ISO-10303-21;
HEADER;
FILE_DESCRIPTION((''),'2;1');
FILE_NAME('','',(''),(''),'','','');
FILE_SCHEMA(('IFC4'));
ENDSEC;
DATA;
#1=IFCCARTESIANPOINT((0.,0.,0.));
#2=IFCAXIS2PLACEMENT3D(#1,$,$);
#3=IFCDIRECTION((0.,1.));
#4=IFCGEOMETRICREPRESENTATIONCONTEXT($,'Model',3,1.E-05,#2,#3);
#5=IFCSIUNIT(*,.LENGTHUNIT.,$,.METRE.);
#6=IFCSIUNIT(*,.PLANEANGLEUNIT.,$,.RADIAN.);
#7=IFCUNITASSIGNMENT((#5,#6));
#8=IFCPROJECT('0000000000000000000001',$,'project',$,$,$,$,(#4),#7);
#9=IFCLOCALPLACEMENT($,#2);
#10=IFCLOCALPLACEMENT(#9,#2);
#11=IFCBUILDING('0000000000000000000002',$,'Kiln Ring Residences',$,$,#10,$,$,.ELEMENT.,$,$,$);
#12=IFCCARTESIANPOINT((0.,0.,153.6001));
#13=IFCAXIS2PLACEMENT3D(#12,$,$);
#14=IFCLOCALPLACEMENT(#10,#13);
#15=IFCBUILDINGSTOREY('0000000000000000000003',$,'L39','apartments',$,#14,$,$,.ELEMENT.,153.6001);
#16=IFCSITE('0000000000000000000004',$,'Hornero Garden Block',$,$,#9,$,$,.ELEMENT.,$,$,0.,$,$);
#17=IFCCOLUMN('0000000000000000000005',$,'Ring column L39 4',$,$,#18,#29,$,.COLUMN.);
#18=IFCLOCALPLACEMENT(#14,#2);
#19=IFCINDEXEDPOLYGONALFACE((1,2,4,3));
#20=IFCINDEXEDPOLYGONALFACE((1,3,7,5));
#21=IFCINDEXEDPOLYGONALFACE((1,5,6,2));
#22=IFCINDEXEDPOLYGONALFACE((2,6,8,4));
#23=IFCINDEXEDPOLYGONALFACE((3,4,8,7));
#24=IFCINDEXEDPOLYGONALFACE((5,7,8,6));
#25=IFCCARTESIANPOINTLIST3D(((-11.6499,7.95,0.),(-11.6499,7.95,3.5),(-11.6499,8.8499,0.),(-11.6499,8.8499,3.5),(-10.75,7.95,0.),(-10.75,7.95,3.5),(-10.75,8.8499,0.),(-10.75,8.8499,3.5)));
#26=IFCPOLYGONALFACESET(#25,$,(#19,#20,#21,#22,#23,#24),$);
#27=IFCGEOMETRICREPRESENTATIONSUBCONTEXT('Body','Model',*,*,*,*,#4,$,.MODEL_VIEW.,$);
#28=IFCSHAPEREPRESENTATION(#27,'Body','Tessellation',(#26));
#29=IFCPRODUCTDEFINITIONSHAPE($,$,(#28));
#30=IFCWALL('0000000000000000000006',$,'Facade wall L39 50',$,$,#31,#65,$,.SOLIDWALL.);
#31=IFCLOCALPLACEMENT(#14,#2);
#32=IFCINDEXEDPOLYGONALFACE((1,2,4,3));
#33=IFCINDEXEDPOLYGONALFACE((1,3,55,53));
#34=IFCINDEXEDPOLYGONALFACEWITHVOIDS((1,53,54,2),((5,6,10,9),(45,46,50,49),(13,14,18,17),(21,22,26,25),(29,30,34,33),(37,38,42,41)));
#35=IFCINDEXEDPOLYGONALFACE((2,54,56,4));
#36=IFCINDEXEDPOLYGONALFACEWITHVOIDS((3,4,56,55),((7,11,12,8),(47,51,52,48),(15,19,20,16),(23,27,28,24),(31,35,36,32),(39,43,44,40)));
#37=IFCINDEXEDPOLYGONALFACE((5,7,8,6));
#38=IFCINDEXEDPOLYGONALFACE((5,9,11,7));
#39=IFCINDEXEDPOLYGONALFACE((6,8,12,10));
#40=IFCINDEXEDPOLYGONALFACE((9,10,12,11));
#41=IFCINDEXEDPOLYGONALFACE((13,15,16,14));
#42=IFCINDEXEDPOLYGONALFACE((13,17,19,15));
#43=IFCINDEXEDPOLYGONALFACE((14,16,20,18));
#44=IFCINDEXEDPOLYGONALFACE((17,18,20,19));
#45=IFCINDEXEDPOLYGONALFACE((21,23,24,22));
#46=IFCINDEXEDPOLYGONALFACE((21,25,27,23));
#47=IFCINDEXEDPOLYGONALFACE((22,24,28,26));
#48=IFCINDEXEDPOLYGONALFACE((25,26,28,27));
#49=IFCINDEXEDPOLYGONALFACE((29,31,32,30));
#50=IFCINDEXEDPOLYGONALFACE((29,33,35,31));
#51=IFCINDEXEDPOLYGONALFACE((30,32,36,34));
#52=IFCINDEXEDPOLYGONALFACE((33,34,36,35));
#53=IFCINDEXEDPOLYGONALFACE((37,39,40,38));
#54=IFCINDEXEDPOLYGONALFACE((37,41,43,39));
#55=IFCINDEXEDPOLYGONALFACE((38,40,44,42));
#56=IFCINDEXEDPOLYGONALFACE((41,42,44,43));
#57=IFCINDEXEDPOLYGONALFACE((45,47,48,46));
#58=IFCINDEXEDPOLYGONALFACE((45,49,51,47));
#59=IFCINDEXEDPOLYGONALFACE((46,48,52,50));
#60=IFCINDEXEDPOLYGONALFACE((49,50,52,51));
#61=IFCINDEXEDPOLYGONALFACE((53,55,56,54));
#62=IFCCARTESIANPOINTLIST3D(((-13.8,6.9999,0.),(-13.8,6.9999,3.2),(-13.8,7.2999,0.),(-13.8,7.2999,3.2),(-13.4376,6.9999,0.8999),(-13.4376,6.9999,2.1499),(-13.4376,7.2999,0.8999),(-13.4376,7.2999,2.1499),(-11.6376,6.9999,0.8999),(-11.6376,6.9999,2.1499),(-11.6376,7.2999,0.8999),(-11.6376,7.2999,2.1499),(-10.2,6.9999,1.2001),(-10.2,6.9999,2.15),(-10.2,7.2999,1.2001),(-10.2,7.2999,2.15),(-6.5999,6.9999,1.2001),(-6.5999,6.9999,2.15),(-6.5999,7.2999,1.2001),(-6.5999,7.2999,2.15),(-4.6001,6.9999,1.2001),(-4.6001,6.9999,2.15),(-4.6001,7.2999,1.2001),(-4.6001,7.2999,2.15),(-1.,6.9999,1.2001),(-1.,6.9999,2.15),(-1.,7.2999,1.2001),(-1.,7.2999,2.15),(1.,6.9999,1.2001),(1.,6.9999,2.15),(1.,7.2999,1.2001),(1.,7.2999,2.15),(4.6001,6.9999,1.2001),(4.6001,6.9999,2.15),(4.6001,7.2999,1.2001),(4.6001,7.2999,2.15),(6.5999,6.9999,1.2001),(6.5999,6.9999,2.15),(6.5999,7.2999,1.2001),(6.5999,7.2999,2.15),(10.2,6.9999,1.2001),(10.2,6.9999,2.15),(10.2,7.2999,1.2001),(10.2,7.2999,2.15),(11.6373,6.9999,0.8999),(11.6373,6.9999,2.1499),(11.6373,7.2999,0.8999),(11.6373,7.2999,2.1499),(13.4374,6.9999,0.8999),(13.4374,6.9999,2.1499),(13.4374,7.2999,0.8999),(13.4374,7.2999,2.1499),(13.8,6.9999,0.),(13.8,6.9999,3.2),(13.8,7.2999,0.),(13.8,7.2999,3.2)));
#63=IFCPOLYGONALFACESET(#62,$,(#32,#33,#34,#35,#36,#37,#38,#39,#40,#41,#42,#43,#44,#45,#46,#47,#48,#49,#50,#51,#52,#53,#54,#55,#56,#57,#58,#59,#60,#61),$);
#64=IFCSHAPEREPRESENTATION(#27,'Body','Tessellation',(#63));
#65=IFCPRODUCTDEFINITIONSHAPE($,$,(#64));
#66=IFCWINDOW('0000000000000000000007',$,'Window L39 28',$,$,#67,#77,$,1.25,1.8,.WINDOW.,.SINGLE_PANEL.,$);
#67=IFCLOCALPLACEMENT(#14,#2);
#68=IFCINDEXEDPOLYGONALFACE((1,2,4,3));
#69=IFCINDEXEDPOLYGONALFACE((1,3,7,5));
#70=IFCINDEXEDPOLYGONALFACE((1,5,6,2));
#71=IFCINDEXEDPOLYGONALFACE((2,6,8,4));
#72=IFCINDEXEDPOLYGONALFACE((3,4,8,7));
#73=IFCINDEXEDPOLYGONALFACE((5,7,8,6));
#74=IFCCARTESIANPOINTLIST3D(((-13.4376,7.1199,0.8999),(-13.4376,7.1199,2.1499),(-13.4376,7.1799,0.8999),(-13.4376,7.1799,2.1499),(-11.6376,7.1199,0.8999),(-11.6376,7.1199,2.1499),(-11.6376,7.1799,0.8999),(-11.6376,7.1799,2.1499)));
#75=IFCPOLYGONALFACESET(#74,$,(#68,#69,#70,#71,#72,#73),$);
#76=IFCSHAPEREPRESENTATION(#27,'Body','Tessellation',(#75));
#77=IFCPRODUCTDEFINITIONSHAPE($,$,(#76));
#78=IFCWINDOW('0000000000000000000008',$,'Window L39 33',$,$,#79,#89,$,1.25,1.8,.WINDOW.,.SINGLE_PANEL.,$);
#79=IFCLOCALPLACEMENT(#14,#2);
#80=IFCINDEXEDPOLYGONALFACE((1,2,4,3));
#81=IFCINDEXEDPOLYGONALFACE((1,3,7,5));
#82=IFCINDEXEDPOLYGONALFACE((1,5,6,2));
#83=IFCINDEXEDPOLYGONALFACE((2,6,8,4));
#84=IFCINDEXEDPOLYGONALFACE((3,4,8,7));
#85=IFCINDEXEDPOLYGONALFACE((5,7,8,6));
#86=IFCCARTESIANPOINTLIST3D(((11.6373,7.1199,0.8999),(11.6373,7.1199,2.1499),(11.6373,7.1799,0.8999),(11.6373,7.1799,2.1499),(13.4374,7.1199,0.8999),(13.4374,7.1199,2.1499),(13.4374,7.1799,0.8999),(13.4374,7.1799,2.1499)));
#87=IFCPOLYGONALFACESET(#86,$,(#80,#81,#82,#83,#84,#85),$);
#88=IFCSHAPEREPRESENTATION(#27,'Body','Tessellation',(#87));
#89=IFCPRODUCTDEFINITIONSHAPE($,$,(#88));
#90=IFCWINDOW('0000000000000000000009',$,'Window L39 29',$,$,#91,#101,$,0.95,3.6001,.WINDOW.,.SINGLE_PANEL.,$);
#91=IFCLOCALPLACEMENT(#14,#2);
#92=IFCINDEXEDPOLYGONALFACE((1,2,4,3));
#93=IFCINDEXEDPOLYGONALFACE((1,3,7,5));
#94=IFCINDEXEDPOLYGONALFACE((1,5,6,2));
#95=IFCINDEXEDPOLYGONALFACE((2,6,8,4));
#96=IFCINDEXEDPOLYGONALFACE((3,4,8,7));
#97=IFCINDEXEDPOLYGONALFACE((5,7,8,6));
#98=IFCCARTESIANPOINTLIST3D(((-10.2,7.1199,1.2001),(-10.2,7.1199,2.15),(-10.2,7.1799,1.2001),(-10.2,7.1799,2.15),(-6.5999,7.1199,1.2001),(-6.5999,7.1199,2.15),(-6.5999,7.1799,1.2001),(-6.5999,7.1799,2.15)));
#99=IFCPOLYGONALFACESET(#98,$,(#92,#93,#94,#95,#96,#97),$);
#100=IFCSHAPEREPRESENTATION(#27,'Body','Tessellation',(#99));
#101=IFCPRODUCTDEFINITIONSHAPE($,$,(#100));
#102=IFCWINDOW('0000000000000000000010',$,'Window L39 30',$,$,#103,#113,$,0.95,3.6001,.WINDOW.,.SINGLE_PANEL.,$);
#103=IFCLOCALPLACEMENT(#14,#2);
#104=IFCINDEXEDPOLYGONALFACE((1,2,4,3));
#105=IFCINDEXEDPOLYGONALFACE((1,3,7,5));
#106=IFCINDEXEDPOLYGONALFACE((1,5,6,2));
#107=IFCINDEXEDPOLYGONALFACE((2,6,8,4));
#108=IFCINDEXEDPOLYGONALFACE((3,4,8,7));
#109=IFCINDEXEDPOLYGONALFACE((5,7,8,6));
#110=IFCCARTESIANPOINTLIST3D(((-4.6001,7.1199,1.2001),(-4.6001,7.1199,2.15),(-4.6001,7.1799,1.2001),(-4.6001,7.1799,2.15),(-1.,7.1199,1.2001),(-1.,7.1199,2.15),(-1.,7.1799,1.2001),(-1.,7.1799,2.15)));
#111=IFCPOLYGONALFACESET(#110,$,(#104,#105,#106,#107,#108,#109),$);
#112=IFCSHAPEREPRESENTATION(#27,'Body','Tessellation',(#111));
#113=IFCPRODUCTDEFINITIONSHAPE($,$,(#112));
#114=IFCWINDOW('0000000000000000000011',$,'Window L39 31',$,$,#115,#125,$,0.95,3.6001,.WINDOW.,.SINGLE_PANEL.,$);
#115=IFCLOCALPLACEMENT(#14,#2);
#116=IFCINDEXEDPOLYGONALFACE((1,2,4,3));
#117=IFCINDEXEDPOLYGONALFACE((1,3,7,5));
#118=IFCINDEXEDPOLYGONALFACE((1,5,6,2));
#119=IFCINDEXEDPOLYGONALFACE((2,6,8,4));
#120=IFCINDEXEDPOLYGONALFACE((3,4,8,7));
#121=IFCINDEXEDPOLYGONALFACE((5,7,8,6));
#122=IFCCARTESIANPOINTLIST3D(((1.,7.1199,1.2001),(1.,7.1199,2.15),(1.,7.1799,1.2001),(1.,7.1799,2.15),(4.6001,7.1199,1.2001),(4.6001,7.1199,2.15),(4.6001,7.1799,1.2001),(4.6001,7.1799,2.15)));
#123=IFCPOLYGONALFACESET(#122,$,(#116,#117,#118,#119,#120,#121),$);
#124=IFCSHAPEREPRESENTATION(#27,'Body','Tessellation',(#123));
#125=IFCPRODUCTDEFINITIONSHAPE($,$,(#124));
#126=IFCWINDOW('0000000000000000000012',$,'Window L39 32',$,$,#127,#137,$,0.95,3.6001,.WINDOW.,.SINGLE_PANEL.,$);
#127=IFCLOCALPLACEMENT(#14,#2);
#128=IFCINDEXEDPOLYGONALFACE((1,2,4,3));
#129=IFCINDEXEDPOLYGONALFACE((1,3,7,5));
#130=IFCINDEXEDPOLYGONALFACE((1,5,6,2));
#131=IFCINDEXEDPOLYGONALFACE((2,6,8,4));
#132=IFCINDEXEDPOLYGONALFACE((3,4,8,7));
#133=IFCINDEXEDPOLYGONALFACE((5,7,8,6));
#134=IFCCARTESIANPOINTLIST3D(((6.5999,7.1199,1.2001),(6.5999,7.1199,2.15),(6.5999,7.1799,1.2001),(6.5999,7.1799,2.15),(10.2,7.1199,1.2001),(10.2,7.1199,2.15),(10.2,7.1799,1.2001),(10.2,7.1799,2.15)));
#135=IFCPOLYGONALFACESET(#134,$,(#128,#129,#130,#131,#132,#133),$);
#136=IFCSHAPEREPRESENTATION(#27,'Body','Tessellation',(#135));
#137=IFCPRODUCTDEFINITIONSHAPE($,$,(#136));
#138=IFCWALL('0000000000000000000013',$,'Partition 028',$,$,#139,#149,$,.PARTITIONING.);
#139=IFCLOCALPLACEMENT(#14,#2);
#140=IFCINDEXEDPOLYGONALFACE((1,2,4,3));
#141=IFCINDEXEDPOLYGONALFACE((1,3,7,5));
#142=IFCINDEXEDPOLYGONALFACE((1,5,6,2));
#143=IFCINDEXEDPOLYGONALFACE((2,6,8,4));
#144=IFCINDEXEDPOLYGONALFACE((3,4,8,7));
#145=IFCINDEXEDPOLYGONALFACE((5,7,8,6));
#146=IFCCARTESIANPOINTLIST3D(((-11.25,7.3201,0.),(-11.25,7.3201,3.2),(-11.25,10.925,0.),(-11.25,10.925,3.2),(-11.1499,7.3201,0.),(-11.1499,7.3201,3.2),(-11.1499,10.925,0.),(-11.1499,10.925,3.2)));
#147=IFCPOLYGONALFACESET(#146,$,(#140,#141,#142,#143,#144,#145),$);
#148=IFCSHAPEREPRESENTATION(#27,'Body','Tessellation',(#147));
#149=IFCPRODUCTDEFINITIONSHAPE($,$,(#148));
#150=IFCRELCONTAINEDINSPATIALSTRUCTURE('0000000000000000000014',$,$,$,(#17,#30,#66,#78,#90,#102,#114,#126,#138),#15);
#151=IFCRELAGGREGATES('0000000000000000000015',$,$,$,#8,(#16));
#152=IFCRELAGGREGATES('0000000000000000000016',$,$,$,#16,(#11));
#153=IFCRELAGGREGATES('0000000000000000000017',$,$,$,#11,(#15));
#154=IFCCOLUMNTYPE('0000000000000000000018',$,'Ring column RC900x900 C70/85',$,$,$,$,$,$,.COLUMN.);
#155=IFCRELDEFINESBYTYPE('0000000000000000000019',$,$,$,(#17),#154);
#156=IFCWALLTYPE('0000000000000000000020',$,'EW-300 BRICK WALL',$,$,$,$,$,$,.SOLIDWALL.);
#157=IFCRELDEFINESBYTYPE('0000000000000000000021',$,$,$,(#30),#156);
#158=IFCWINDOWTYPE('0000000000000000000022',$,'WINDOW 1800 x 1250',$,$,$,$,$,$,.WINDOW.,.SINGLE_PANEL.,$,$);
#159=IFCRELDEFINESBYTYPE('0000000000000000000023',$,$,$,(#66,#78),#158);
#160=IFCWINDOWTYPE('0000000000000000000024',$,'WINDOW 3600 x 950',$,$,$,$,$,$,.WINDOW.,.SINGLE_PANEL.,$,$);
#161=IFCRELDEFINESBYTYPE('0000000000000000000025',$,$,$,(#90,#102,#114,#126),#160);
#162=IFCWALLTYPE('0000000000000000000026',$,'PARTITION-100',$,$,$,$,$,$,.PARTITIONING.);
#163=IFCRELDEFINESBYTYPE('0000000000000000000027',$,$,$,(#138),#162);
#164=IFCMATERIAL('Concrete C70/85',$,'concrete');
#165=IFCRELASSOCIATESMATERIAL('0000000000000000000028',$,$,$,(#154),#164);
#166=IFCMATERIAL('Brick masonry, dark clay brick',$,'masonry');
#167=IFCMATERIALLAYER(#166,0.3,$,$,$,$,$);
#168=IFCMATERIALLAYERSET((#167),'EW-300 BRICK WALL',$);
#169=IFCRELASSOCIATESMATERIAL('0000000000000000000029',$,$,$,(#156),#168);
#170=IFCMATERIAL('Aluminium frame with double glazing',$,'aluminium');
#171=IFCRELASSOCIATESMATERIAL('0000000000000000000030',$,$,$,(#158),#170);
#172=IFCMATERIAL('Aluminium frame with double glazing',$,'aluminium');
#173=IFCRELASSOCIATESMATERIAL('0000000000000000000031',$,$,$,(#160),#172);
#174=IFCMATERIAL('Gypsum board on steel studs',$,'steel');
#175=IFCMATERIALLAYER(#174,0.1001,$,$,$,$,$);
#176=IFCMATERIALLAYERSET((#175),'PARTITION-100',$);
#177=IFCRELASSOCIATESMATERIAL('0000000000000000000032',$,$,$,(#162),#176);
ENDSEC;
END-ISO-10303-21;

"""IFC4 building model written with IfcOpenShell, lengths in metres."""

from ifc_helpers import new_model, si_unit, direction, frame, frame_2d, origin, origin_2d, place, context, subcontext, project, spatial, rectangle, extrude, material, layer, layer_set, material_profile, profile_set, type_object, element, fill, save


model = new_model("IFC4")

# Units and contexts
model_context = context("Model", 3, precision=1e-05, world=origin(), true_north=direction((0.0, 1.0)))
body_context = subcontext(model_context, "Body", "Model", "MODEL_VIEW")
ifc_project = project(units=[si_unit("LENGTHUNIT", "METRE"), si_unit("PLANEANGLEUNIT", "RADIAN")], contexts=[model_context])

# Site, building, storey
site_placement = place(None, origin())
site = spatial("IfcSite", under=ifc_project, at=site_placement, Name="Hornero Garden Block", CompositionType="ELEMENT", RefElevation=0.0)
building_placement = place(site_placement, origin())
building = spatial("IfcBuilding", under=site, at=building_placement, Name="Kiln Ring Residences", CompositionType="ELEMENT")
storey_placement = place(building_placement, frame((0.0, 0.0, 153.6001)))
storey = spatial("IfcBuildingStorey", under=building, at=storey_placement, Name="L39", Description="apartments", CompositionType="ELEMENT", Elevation=153.6001)

# Column
ifc_material_1 = material(Name="Concrete C70/85", Category="concrete")
ifc_material_profile = material_profile(ifc_material_1, rectangle(XDim=0.8999, YDim=0.8999, at=origin_2d()), Name="RC900x900")
ifc_profile_set = profile_set([ifc_material_profile], Name="Concrete C70/85")
column_type = type_object("IfcColumnType", Name="Ring column RC900x900 C70/85", PredefinedType="COLUMN", material=ifc_profile_set)
column_placement = place(storey_placement, frame((-11.2, 8.3999, 0.0), z_axis=(0.0, 0.0, 1.0), x_axis=(1.0, 0.0, 0.0)))
element("IfcColumn", 1, at=column_placement, inside=storey, type_object=column_type, Name="Ring column L39 4", PredefinedType="COLUMN", context=body_context, shape_type="SweptSolid", body=[
    extrude(rectangle(XDim=0.8999, YDim=0.8999, at=origin_2d()), origin(), (0.0, 0.0, 1.0), 3.5),
])

# Wall, openings, windows
ifc_material_2 = material(Name="Brick masonry, dark clay brick", Category="masonry")
ifc_layer_1 = layer(ifc_material_2, 0.3)
ifc_layer_set_1 = layer_set([ifc_layer_1], Name="EW-300 BRICK WALL")
wall_type_1 = type_object("IfcWallType", Name="EW-300 BRICK WALL", PredefinedType="SOLIDWALL", material=ifc_layer_set_1)
wall_1_placement = place(storey_placement, frame((-13.8, 7.1499, 0.0), z_axis=(0.0, 0.0, 1.0), x_axis=(1.0, 0.0, 0.0)))
wall_1 = element("IfcWall", 2, at=wall_1_placement, inside=storey, type_object=wall_type_1, Name="Facade wall L39 50", PredefinedType="SOLIDWALL", context=body_context, shape_type="SweptSolid", body=[
    extrude(rectangle(XDim=27.6001, YDim=0.3, at=frame_2d((13.8, 0.0))), origin(), (0.0, 0.0, 1.0), 3.2),
])
opening_1_placement = place(wall_1_placement, frame((0.3625, 0.0, 0.8999)))
opening_1 = element("IfcOpeningElement", 3, at=opening_1_placement, cuts=wall_1, PredefinedType="OPENING", context=body_context, shape_type="SweptSolid", body=[
    extrude(rectangle(XDim=1.8, YDim=1.25, at=frame_2d((0.8999, 0.625))), frame((0.0, 0.1599, 0.0), z_axis=(0.0, -1.0, 0.0), x_axis=(1.0, 0.0, 0.0)), (0.0, 0.0, 1.0), 0.3201),
])
opening_2_placement = place(wall_1_placement, frame((3.6001, 0.0, 1.2)))
opening_2 = element("IfcOpeningElement", 4, at=opening_2_placement, cuts=wall_1, PredefinedType="OPENING", context=body_context, shape_type="SweptSolid", body=[
    extrude(rectangle(XDim=3.6001, YDim=0.95, at=frame_2d((1.8, 0.4751))), frame((0.0, 0.1599, 0.0), z_axis=(0.0, -1.0, 0.0), x_axis=(1.0, 0.0, 0.0)), (0.0, 0.0, 1.0), 0.3201),
])
opening_3_placement = place(wall_1_placement, frame((9.2, 0.0, 1.2)))
opening_3 = element("IfcOpeningElement", 5, at=opening_3_placement, cuts=wall_1, PredefinedType="OPENING", context=body_context, shape_type="SweptSolid", body=[
    extrude(rectangle(XDim=3.6001, YDim=0.95, at=frame_2d((1.8, 0.4751))), frame((0.0, 0.1599, 0.0), z_axis=(0.0, -1.0, 0.0), x_axis=(1.0, 0.0, 0.0)), (0.0, 0.0, 1.0), 0.3201),
])
opening_4_placement = place(wall_1_placement, frame((14.8, 0.0, 1.2)))
opening_4 = element("IfcOpeningElement", 6, at=opening_4_placement, cuts=wall_1, PredefinedType="OPENING", context=body_context, shape_type="SweptSolid", body=[
    extrude(rectangle(XDim=3.6001, YDim=0.95, at=frame_2d((1.8, 0.4751))), frame((0.0, 0.1599, 0.0), z_axis=(0.0, -1.0, 0.0), x_axis=(1.0, 0.0, 0.0)), (0.0, 0.0, 1.0), 0.3201),
])
opening_5_placement = place(wall_1_placement, frame((20.3999, 0.0, 1.2)))
opening_5 = element("IfcOpeningElement", 7, at=opening_5_placement, cuts=wall_1, PredefinedType="OPENING", context=body_context, shape_type="SweptSolid", body=[
    extrude(rectangle(XDim=3.6001, YDim=0.95, at=frame_2d((1.8, 0.4751))), frame((0.0, 0.1599, 0.0), z_axis=(0.0, -1.0, 0.0), x_axis=(1.0, 0.0, 0.0)), (0.0, 0.0, 1.0), 0.3201),
])
opening_6_placement = place(wall_1_placement, frame((25.4375, 0.0, 0.8999)))
opening_6 = element("IfcOpeningElement", 8, at=opening_6_placement, cuts=wall_1, PredefinedType="OPENING", context=body_context, shape_type="SweptSolid", body=[
    extrude(rectangle(XDim=1.8, YDim=1.25, at=frame_2d((0.8999, 0.625))), frame((0.0, 0.1599, 0.0), z_axis=(0.0, -1.0, 0.0), x_axis=(1.0, 0.0, 0.0)), (0.0, 0.0, 1.0), 0.3201),
])
ifc_material_3 = material(Name="Aluminium frame with double glazing", Category="aluminium")
window_type_1 = type_object("IfcWindowType", Name="WINDOW 1800 x 1250", PartitioningType="SINGLE_PANEL", PredefinedType="WINDOW", material=ifc_material_3)
window_1_placement = place(opening_1_placement, origin())
window_1 = element("IfcWindow", 9, at=window_1_placement, inside=storey, type_object=window_type_1, Name="Window L39 28", OverallHeight=1.25, OverallWidth=1.8, PartitioningType="SINGLE_PANEL", PredefinedType="WINDOW", context=body_context, shape_type="SweptSolid", body=[
    extrude(rectangle(XDim=1.8, YDim=1.25, at=frame_2d((0.8999, 0.625))), frame((0.0, 0.03, 0.0), z_axis=(0.0, -1.0, 0.0), x_axis=(1.0, 0.0, 0.0)), (0.0, 0.0, 1.0), 0.0601),
])
fill(opening_1, window_1)
window_2_placement = place(opening_6_placement, origin())
window_2 = element("IfcWindow", 10, at=window_2_placement, inside=storey, type_object=window_type_1, Name="Window L39 33", OverallHeight=1.25, OverallWidth=1.8, PartitioningType="SINGLE_PANEL", PredefinedType="WINDOW", context=body_context, shape_type="SweptSolid", body=[
    extrude(rectangle(XDim=1.8, YDim=1.25, at=frame_2d((0.8999, 0.625))), frame((0.0, 0.03, 0.0), z_axis=(0.0, -1.0, 0.0), x_axis=(1.0, 0.0, 0.0)), (0.0, 0.0, 1.0), 0.0601),
])
fill(opening_6, window_2)
ifc_material_4 = material(Name="Aluminium frame with double glazing", Category="aluminium")
window_type_2 = type_object("IfcWindowType", Name="WINDOW 3600 x 950", PartitioningType="SINGLE_PANEL", PredefinedType="WINDOW", material=ifc_material_4)
window_3_placement = place(opening_2_placement, origin())
window_3 = element("IfcWindow", 11, at=window_3_placement, inside=storey, type_object=window_type_2, Name="Window L39 29", OverallHeight=0.95, OverallWidth=3.6001, PartitioningType="SINGLE_PANEL", PredefinedType="WINDOW", context=body_context, shape_type="SweptSolid", body=[
    extrude(rectangle(XDim=3.6001, YDim=0.95, at=frame_2d((1.8, 0.4751))), frame((0.0, 0.03, 0.0), z_axis=(0.0, -1.0, 0.0), x_axis=(1.0, 0.0, 0.0)), (0.0, 0.0, 1.0), 0.0601),
])
fill(opening_2, window_3)
window_4_placement = place(opening_3_placement, origin())
window_4 = element("IfcWindow", 12, at=window_4_placement, inside=storey, type_object=window_type_2, Name="Window L39 30", OverallHeight=0.95, OverallWidth=3.6001, PartitioningType="SINGLE_PANEL", PredefinedType="WINDOW", context=body_context, shape_type="SweptSolid", body=[
    extrude(rectangle(XDim=3.6001, YDim=0.95, at=frame_2d((1.8, 0.4751))), frame((0.0, 0.03, 0.0), z_axis=(0.0, -1.0, 0.0), x_axis=(1.0, 0.0, 0.0)), (0.0, 0.0, 1.0), 0.0601),
])
fill(opening_3, window_4)
window_5_placement = place(opening_4_placement, origin())
window_5 = element("IfcWindow", 13, at=window_5_placement, inside=storey, type_object=window_type_2, Name="Window L39 31", OverallHeight=0.95, OverallWidth=3.6001, PartitioningType="SINGLE_PANEL", PredefinedType="WINDOW", context=body_context, shape_type="SweptSolid", body=[
    extrude(rectangle(XDim=3.6001, YDim=0.95, at=frame_2d((1.8, 0.4751))), frame((0.0, 0.03, 0.0), z_axis=(0.0, -1.0, 0.0), x_axis=(1.0, 0.0, 0.0)), (0.0, 0.0, 1.0), 0.0601),
])
fill(opening_4, window_5)
window_6_placement = place(opening_5_placement, origin())
window_6 = element("IfcWindow", 14, at=window_6_placement, inside=storey, type_object=window_type_2, Name="Window L39 32", OverallHeight=0.95, OverallWidth=3.6001, PartitioningType="SINGLE_PANEL", PredefinedType="WINDOW", context=body_context, shape_type="SweptSolid", body=[
    extrude(rectangle(XDim=3.6001, YDim=0.95, at=frame_2d((1.8, 0.4751))), frame((0.0, 0.03, 0.0), z_axis=(0.0, -1.0, 0.0), x_axis=(1.0, 0.0, 0.0)), (0.0, 0.0, 1.0), 0.0601),
])
fill(opening_5, window_6)

# Wall
ifc_material_5 = material(Name="Gypsum board on steel studs", Category="steel")
ifc_layer_2 = layer(ifc_material_5, 0.1001)
ifc_layer_set_2 = layer_set([ifc_layer_2], Name="PARTITION-100")
wall_type_2 = type_object("IfcWallType", Name="PARTITION-100", PredefinedType="PARTITIONING", material=ifc_layer_set_2)
wall_2_placement = place(storey_placement, frame((-11.2, 7.3201, 0.0), z_axis=(0.0, 0.0, 1.0), x_axis=(0.0, 1.0, 0.0)))
element("IfcWall", 15, at=wall_2_placement, inside=storey, type_object=wall_type_2, Name="Partition 028", PredefinedType="PARTITIONING", context=body_context, shape_type="SweptSolid", body=[
    extrude(rectangle(XDim=3.605, YDim=0.1001, at=frame_2d((1.8025, 0.0))), origin(), (0.0, 0.0, 1.0), 3.2),
])

save(model, "model.ifc")
